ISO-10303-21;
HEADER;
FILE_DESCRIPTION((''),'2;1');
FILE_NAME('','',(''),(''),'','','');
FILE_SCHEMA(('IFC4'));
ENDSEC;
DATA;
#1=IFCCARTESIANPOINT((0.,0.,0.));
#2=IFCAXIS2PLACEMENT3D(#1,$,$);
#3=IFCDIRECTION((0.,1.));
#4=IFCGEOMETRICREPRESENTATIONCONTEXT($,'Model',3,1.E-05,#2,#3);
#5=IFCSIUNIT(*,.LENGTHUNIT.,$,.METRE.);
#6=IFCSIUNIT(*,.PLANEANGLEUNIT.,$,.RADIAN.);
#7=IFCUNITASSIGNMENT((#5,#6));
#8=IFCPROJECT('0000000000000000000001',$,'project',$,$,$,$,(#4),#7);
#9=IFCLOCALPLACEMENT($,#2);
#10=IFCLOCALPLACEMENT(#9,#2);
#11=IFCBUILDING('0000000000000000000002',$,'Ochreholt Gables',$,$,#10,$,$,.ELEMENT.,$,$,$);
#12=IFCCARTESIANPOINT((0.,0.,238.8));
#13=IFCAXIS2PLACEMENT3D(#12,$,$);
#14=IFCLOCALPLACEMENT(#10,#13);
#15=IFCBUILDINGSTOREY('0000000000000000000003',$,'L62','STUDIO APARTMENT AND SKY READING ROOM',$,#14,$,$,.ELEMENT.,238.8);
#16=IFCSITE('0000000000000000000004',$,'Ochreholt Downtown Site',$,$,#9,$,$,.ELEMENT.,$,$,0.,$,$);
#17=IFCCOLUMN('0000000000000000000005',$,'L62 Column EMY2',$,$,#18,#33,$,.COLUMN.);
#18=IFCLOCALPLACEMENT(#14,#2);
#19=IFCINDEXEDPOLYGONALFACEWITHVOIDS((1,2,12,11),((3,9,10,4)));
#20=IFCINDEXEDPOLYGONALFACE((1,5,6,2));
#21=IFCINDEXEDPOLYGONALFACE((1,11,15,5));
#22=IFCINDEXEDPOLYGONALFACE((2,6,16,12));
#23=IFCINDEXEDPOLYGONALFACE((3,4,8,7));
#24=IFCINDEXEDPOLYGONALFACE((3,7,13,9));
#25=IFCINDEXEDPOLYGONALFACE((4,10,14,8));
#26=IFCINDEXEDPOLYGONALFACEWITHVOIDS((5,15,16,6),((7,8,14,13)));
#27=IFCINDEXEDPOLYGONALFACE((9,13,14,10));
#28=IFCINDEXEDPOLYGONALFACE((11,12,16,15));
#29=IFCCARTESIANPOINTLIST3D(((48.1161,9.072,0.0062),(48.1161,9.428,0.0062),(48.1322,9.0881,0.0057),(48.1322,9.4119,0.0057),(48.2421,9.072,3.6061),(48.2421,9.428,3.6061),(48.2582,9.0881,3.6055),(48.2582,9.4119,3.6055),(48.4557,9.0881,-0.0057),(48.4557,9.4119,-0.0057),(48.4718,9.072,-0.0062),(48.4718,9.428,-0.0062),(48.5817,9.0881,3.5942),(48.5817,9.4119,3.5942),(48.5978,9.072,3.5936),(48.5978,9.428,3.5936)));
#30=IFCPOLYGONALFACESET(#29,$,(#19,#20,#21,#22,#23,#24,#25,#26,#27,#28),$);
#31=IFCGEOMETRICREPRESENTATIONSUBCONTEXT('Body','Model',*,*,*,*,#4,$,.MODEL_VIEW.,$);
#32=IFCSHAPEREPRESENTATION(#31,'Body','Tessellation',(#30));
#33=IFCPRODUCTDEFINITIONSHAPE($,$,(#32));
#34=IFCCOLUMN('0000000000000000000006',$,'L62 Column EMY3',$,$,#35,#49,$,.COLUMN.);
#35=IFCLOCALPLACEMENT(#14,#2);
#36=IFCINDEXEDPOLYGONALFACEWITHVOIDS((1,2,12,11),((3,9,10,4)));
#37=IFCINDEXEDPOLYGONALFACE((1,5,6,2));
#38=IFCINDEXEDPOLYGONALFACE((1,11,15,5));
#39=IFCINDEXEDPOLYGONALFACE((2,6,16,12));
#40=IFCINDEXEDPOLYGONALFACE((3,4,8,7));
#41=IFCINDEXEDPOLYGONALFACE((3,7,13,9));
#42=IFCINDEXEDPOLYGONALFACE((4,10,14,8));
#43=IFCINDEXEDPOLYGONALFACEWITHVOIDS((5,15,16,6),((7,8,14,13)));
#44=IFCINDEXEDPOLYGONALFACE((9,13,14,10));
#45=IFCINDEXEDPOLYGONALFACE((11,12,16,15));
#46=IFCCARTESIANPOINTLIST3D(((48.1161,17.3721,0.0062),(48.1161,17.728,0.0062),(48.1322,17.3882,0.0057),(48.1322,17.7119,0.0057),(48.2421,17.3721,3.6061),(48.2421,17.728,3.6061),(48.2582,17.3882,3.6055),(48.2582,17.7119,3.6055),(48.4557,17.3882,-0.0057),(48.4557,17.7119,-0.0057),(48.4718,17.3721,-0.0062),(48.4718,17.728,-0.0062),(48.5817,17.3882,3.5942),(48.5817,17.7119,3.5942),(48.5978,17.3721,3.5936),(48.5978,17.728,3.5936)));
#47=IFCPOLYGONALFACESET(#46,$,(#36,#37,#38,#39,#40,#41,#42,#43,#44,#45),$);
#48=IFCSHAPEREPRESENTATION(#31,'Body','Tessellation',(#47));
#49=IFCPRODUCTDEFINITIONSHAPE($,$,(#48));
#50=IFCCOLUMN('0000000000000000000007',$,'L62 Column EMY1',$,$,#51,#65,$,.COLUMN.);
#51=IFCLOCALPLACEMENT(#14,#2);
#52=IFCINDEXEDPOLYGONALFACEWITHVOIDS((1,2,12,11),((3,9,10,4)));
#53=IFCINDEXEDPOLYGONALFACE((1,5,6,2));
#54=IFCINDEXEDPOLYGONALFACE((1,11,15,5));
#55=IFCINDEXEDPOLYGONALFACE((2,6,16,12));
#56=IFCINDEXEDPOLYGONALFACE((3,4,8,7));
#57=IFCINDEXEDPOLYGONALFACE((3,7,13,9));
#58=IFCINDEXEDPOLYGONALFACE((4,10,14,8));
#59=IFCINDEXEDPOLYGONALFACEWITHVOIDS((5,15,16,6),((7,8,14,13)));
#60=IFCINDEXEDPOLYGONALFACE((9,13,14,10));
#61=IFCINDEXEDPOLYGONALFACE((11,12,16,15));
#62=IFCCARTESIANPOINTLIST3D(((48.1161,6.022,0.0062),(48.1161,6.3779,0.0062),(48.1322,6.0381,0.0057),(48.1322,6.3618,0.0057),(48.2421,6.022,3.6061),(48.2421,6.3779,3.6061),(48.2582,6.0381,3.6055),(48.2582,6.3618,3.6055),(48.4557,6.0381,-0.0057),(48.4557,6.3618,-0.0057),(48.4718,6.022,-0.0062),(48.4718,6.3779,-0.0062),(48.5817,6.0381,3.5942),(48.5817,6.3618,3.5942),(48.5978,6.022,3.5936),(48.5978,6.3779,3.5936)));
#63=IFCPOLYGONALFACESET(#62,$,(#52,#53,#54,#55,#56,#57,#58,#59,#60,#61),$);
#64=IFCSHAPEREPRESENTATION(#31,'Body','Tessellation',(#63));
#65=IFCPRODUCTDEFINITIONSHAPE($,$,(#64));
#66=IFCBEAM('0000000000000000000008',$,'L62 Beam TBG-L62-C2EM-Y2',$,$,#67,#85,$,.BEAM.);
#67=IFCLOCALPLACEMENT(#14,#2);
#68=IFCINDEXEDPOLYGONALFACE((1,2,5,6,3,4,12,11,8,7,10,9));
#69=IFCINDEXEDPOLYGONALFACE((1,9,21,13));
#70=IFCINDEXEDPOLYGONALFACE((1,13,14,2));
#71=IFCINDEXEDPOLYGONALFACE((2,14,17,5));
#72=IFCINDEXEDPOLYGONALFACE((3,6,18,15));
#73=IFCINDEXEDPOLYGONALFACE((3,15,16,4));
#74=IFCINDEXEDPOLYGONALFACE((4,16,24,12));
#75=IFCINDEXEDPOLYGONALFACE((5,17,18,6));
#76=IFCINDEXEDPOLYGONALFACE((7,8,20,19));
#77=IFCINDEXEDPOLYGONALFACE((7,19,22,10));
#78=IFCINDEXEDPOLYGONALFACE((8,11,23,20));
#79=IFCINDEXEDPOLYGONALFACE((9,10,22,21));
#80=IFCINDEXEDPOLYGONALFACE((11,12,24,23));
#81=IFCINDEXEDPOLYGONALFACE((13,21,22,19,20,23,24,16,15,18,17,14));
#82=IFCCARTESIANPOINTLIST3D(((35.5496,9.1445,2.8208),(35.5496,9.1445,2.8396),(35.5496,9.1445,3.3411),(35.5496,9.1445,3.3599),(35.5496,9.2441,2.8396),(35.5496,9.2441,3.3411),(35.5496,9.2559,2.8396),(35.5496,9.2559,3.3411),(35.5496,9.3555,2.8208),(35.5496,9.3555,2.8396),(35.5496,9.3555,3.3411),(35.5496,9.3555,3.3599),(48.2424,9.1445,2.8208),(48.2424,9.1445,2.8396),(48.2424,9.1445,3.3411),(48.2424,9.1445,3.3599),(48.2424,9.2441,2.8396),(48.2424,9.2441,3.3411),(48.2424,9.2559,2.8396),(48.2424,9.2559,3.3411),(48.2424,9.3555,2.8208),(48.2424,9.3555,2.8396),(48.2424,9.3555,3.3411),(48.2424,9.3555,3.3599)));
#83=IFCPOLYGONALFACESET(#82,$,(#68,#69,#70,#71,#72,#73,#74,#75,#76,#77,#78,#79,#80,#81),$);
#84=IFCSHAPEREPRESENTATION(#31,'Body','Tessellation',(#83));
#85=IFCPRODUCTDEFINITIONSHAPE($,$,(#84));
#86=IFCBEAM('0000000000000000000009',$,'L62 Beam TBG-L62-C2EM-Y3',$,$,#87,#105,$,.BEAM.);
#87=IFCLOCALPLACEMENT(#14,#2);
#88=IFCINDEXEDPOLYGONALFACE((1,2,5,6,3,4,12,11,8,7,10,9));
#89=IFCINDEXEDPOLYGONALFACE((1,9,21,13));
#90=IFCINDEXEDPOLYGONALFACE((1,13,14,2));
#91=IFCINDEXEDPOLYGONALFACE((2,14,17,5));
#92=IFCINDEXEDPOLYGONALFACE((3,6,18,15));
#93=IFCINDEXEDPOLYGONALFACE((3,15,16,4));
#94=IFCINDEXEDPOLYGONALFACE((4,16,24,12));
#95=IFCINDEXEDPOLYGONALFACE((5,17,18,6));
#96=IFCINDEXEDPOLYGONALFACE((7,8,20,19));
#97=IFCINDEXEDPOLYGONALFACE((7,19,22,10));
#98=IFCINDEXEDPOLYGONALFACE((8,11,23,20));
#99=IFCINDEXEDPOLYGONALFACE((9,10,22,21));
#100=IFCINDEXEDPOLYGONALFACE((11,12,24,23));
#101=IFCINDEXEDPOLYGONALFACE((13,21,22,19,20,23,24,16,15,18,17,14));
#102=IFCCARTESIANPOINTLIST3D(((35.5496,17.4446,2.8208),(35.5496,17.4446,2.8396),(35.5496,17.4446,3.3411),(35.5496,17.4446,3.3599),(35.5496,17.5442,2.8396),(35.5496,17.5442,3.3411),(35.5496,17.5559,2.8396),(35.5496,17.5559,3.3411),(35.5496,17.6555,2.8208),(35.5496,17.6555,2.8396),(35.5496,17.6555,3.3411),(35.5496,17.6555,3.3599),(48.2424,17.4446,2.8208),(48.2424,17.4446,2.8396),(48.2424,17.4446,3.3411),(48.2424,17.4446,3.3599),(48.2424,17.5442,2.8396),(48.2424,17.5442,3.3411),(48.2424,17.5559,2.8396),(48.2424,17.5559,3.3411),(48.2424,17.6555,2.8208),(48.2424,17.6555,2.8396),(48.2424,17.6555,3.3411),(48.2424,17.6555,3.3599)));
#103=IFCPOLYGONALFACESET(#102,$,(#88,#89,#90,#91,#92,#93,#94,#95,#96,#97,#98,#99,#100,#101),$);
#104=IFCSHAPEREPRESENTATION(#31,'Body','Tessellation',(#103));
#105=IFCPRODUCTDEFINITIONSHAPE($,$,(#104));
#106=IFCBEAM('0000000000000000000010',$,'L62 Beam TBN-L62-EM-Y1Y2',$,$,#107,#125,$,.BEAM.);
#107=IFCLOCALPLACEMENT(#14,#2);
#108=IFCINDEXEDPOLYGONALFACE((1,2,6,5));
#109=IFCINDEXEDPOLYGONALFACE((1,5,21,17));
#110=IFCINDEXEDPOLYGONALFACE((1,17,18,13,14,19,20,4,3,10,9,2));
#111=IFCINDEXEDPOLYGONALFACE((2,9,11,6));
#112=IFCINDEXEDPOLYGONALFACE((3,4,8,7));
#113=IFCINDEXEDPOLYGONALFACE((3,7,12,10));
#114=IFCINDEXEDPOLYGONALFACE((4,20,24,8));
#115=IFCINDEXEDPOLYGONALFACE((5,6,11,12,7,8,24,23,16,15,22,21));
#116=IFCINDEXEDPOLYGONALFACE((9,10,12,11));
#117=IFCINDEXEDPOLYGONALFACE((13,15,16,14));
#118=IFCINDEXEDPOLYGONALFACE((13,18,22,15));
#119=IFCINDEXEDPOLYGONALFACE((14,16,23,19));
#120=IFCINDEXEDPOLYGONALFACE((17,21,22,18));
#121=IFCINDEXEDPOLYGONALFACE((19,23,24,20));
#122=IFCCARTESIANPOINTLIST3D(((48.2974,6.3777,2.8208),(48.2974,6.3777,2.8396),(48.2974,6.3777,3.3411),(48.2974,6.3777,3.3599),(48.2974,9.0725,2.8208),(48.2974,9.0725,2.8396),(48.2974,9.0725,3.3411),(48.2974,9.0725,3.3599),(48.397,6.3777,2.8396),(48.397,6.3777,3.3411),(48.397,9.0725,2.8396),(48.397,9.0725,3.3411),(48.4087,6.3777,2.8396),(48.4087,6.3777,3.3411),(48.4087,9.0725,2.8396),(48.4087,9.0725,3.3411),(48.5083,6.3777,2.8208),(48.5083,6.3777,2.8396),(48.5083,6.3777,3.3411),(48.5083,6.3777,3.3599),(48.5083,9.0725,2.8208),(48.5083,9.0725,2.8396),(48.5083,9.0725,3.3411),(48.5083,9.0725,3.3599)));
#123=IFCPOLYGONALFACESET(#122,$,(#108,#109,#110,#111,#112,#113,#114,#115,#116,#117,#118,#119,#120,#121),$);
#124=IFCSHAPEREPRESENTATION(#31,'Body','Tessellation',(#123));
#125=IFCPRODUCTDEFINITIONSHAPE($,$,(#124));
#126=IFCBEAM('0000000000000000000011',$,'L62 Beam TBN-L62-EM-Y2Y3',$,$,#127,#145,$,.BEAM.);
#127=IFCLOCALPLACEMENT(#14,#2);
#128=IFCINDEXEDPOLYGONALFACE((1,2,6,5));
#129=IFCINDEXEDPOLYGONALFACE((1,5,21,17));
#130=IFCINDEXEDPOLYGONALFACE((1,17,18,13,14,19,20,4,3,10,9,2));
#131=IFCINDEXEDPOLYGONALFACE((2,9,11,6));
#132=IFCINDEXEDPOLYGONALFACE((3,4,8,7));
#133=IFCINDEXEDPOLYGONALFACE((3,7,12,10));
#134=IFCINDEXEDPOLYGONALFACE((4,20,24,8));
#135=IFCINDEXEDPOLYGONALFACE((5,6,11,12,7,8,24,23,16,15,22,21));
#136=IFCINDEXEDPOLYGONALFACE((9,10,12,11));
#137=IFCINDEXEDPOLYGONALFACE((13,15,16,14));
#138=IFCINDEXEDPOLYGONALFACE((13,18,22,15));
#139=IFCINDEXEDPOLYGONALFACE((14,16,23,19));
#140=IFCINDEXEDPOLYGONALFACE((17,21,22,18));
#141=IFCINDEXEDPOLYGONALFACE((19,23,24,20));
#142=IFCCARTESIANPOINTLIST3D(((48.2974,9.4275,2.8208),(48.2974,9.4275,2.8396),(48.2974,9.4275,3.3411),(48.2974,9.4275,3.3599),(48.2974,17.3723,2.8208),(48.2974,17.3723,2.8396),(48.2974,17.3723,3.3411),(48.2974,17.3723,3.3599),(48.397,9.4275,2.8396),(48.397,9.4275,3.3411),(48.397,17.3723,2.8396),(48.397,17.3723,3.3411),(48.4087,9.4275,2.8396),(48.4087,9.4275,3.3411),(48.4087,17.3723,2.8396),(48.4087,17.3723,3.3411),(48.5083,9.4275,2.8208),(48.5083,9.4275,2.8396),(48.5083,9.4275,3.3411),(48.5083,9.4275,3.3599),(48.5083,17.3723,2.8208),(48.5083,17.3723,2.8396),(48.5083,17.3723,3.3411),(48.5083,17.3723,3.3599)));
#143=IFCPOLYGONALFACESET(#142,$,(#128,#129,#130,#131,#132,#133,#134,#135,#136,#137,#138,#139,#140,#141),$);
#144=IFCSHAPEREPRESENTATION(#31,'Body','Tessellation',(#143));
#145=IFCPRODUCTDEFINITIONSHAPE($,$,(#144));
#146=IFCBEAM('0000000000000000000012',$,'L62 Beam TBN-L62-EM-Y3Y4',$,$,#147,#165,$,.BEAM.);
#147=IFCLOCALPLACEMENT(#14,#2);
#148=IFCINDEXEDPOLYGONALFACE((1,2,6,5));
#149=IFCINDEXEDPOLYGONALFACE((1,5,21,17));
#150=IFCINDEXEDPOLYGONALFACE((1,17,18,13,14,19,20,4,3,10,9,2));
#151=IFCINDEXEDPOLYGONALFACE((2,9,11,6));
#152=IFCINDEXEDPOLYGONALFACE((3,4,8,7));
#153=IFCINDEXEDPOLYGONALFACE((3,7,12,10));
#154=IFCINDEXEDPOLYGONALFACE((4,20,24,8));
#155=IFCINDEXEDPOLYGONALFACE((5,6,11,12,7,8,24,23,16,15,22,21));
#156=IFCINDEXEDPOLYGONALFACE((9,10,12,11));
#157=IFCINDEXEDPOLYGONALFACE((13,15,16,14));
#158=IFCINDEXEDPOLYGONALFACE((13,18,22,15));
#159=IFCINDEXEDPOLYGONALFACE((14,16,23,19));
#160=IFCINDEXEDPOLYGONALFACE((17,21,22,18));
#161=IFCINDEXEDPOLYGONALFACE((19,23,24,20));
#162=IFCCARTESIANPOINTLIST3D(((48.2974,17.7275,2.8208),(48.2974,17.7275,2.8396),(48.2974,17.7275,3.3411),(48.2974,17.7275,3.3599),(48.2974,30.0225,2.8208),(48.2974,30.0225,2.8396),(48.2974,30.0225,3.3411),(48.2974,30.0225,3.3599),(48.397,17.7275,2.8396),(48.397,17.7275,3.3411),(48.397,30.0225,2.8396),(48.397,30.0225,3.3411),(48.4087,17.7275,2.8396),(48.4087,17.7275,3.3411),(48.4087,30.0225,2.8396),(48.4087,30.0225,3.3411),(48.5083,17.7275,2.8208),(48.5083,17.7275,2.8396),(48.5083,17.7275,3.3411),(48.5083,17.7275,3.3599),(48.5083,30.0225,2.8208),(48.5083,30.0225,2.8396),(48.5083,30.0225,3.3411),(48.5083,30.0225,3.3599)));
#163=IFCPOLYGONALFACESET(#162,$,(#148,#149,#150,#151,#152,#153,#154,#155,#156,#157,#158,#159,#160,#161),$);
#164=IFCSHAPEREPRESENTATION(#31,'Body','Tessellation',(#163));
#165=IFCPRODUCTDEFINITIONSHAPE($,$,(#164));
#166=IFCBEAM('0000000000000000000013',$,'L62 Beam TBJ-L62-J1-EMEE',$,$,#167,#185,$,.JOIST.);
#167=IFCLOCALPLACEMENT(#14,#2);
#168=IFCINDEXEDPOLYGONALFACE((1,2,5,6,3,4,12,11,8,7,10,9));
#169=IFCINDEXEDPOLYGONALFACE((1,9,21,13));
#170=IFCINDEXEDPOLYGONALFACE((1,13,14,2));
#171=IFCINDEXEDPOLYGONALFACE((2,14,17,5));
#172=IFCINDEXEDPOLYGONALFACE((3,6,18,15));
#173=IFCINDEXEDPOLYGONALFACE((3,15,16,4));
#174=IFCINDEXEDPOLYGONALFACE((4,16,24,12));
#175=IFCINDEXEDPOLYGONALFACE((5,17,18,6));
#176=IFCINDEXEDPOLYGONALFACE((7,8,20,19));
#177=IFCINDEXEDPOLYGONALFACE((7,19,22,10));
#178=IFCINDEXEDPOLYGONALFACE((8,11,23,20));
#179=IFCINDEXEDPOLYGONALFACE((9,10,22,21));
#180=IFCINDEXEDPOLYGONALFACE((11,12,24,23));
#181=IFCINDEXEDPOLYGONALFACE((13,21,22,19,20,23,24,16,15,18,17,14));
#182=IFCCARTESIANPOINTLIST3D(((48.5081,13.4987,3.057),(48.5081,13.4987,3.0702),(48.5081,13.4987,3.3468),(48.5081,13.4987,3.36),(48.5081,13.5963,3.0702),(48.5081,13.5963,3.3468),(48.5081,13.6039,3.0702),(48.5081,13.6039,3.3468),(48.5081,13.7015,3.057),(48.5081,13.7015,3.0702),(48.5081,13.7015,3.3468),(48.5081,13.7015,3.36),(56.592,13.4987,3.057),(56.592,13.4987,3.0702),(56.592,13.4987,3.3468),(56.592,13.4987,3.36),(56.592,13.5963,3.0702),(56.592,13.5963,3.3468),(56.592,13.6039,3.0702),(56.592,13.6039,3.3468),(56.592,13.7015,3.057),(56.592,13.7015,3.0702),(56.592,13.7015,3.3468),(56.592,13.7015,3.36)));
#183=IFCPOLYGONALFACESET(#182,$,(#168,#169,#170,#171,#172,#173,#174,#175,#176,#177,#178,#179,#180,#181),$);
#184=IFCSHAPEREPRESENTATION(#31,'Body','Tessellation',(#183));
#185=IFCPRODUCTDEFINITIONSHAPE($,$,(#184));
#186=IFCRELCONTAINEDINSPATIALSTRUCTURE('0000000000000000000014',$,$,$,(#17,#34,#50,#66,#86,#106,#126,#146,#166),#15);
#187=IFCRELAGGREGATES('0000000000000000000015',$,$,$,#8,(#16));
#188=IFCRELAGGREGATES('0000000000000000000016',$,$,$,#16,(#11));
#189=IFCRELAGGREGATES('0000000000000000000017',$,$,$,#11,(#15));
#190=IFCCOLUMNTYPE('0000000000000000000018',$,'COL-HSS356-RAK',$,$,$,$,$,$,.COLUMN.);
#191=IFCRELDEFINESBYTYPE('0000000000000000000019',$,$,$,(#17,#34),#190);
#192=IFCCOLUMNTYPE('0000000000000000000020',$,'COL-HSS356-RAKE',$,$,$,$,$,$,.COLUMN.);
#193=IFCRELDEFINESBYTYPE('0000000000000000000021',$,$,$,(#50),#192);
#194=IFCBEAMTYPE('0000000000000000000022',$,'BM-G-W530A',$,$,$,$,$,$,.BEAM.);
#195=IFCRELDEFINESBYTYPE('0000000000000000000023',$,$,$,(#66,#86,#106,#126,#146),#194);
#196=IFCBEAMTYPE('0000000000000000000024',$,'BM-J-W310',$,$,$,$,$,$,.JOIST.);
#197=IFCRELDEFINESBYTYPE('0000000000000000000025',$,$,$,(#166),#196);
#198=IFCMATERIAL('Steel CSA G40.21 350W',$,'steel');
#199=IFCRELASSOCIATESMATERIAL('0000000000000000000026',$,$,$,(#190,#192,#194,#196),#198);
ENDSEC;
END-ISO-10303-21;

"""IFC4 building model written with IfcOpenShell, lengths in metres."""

from ifc_helpers import new_model, si_unit, direction, frame, origin, origin_2d, place, context, subcontext, project, spatial, hollow_rectangle, i_section, extrude, material, material_profile, profile_set, type_object, element, save


model = new_model("IFC4")

# Units and contexts
model_context = context("Model", 3, precision=1e-05, world=origin(), true_north=direction((0.0, 1.0)))
body_context = subcontext(model_context, "Body", "Model", "MODEL_VIEW")
ifc_project = project(units=[si_unit("LENGTHUNIT", "METRE"), si_unit("PLANEANGLEUNIT", "RADIAN")], contexts=[model_context])

# Site, building, storey
site_placement = place(None, origin())
site = spatial("IfcSite", under=ifc_project, at=site_placement, Name="Ochreholt Downtown Site", CompositionType="ELEMENT", RefElevation=0.0)
building_placement = place(site_placement, origin())
building = spatial("IfcBuilding", under=site, at=building_placement, Name="Ochreholt Gables", CompositionType="ELEMENT")
storey_placement = place(building_placement, frame((0.0, 0.0, 238.8)))
storey = spatial("IfcBuildingStorey", under=building, at=storey_placement, Name="L62", Description="STUDIO APARTMENT AND SKY READING ROOM", CompositionType="ELEMENT", Elevation=238.8)

# Columns
ifc_material_1 = material(Name="Steel CSA G40.21 350W", Category="steel")
ifc_material_profile_1 = material_profile(ifc_material_1, hollow_rectangle(XDim=0.356, YDim=0.356, WallThickness=0.0161, at=origin_2d()), Name="HSS356X356X16")
ifc_profile_set_1 = profile_set([ifc_material_profile_1], Name="Steel CSA G40.21 350W")
column_type_1 = type_object("IfcColumnType", Name="COL-HSS356-RAK", PredefinedType="COLUMN", material=ifc_profile_set_1)
for number, where, z_axis, x_axis, name in (
    (1, (48.2939, 9.25, 0.0), (0.034974, 0.0, 0.999388), (0.0, 1.0, 0.0), "L62 Column EMY2"),
    (2, (48.2939, 17.55, 0.0), (0.034974, 0.0, 0.999388), (0.0, 1.0, 0.0), "L62 Column EMY3"),
):
    element("IfcColumn", number, at=place(storey_placement, frame(where, z_axis=z_axis, x_axis=x_axis)), inside=storey, type_object=column_type_1, Name=name, PredefinedType="COLUMN", context=body_context, shape_type="SweptSolid", body=[
        extrude(hollow_rectangle(XDim=0.356, YDim=0.356, WallThickness=0.0161, at=origin_2d()), origin(), (0.0, 0.0, 1.0), 3.6021),
    ])
ifc_material_profile_2 = material_profile(ifc_material_1, hollow_rectangle(XDim=0.356, YDim=0.356, WallThickness=0.0161, at=origin_2d()), Name="HSS356X356X16")
ifc_profile_set_2 = profile_set([ifc_material_profile_2], Name="Steel CSA G40.21 350W")
column_type_2 = type_object("IfcColumnType", Name="COL-HSS356-RAKE", PredefinedType="COLUMN", material=ifc_profile_set_2)
column_placement = place(storey_placement, frame((48.2939, 6.2, 0.0), z_axis=(0.034974, 0.0, 0.999388), x_axis=(0.0, 1.0, 0.0)))
element("IfcColumn", 3, at=column_placement, inside=storey, type_object=column_type_2, Name="L62 Column EMY1", PredefinedType="COLUMN", context=body_context, shape_type="SweptSolid", body=[
    extrude(hollow_rectangle(XDim=0.356, YDim=0.356, WallThickness=0.0161, at=origin_2d()), origin(), (0.0, 0.0, 1.0), 3.6021),
])

# Beams
ifc_material_profile_3 = material_profile(ifc_material_1, i_section(OverallWidth=0.2109, OverallDepth=0.5391, WebThickness=0.0117, FlangeThickness=0.0188, at=origin_2d()), Name="W530X109")
ifc_profile_set_3 = profile_set([ifc_material_profile_3], Name="Steel CSA G40.21 350W")
beam_type_1 = type_object("IfcBeamType", Name="BM-G-W530A", PredefinedType="BEAM", material=ifc_profile_set_3)
for number, where, z_axis, x_axis, name in (
    (4, (35.5496, 9.25, 3.0903), (1.0, 0.0, 0.0), (0.0, 1.0, 0.0), "L62 Beam TBG-L62-C2EM-Y2"),
    (5, (35.5496, 17.55, 3.0903), (1.0, 0.0, 0.0), (0.0, 1.0, 0.0), "L62 Beam TBG-L62-C2EM-Y3"),
):
    element("IfcBeam", number, at=place(storey_placement, frame(where, z_axis=z_axis, x_axis=x_axis)), inside=storey, type_object=beam_type_1, Name=name, PredefinedType="BEAM", context=body_context, shape_type="SweptSolid", body=[
        extrude(i_section(OverallWidth=0.2109, OverallDepth=0.5391, WebThickness=0.0117, FlangeThickness=0.0188, at=origin_2d()), origin(), (0.0, 0.0, 1.0), 12.6929),
    ])
beam_1_placement = place(storey_placement, frame((48.4028, 6.3777, 3.0903), z_axis=(0.0, 1.0, 0.0), x_axis=(-1.0, 0.0, 0.0)))
element("IfcBeam", 6, at=beam_1_placement, inside=storey, type_object=beam_type_1, Name="L62 Beam TBN-L62-EM-Y1Y2", PredefinedType="BEAM", context=body_context, shape_type="SweptSolid", body=[
    extrude(i_section(OverallWidth=0.2109, OverallDepth=0.5391, WebThickness=0.0117, FlangeThickness=0.0188, at=origin_2d()), origin(), (0.0, 0.0, 1.0), 2.6948),
])
beam_2_placement = place(storey_placement, frame((48.4028, 9.4275, 3.0903), z_axis=(0.0, 1.0, 0.0), x_axis=(-1.0, 0.0, 0.0)))
element("IfcBeam", 7, at=beam_2_placement, inside=storey, type_object=beam_type_1, Name="L62 Beam TBN-L62-EM-Y2Y3", PredefinedType="BEAM", context=body_context, shape_type="SweptSolid", body=[
    extrude(i_section(OverallWidth=0.2109, OverallDepth=0.5391, WebThickness=0.0117, FlangeThickness=0.0188, at=origin_2d()), origin(), (0.0, 0.0, 1.0), 7.9448),
])
beam_3_placement = place(storey_placement, frame((48.4028, 17.7275, 3.0903), z_axis=(0.0, 1.0, 0.0), x_axis=(-1.0, 0.0, 0.0)))
element("IfcBeam", 8, at=beam_3_placement, inside=storey, type_object=beam_type_1, Name="L62 Beam TBN-L62-EM-Y3Y4", PredefinedType="BEAM", context=body_context, shape_type="SweptSolid", body=[
    extrude(i_section(OverallWidth=0.2109, OverallDepth=0.5391, WebThickness=0.0117, FlangeThickness=0.0188, at=origin_2d()), origin(), (0.0, 0.0, 1.0), 12.2949),
])
ifc_material_profile_4 = material_profile(ifc_material_1, i_section(OverallWidth=0.2029, OverallDepth=0.303, WebThickness=0.0076, FlangeThickness=0.0132, at=origin_2d()), Name="W310X60")
ifc_profile_set_4 = profile_set([ifc_material_profile_4], Name="Steel CSA G40.21 350W")
beam_type_2 = type_object("IfcBeamType", Name="BM-J-W310", PredefinedType="JOIST", material=ifc_profile_set_4)
beam_4_placement = place(storey_placement, frame((48.5081, 13.6001, 3.2085), z_axis=(1.0, 0.0, 0.0), x_axis=(0.0, 1.0, 0.0)))
element("IfcBeam", 9, at=beam_4_placement, inside=storey, type_object=beam_type_2, Name="L62 Beam TBJ-L62-J1-EMEE", PredefinedType="JOIST", context=body_context, shape_type="SweptSolid", body=[
    extrude(i_section(OverallWidth=0.2029, OverallDepth=0.303, WebThickness=0.0076, FlangeThickness=0.0132, at=origin_2d()), origin(), (0.0, 0.0, 1.0), 8.084),
])

save(model, "model.ifc")
